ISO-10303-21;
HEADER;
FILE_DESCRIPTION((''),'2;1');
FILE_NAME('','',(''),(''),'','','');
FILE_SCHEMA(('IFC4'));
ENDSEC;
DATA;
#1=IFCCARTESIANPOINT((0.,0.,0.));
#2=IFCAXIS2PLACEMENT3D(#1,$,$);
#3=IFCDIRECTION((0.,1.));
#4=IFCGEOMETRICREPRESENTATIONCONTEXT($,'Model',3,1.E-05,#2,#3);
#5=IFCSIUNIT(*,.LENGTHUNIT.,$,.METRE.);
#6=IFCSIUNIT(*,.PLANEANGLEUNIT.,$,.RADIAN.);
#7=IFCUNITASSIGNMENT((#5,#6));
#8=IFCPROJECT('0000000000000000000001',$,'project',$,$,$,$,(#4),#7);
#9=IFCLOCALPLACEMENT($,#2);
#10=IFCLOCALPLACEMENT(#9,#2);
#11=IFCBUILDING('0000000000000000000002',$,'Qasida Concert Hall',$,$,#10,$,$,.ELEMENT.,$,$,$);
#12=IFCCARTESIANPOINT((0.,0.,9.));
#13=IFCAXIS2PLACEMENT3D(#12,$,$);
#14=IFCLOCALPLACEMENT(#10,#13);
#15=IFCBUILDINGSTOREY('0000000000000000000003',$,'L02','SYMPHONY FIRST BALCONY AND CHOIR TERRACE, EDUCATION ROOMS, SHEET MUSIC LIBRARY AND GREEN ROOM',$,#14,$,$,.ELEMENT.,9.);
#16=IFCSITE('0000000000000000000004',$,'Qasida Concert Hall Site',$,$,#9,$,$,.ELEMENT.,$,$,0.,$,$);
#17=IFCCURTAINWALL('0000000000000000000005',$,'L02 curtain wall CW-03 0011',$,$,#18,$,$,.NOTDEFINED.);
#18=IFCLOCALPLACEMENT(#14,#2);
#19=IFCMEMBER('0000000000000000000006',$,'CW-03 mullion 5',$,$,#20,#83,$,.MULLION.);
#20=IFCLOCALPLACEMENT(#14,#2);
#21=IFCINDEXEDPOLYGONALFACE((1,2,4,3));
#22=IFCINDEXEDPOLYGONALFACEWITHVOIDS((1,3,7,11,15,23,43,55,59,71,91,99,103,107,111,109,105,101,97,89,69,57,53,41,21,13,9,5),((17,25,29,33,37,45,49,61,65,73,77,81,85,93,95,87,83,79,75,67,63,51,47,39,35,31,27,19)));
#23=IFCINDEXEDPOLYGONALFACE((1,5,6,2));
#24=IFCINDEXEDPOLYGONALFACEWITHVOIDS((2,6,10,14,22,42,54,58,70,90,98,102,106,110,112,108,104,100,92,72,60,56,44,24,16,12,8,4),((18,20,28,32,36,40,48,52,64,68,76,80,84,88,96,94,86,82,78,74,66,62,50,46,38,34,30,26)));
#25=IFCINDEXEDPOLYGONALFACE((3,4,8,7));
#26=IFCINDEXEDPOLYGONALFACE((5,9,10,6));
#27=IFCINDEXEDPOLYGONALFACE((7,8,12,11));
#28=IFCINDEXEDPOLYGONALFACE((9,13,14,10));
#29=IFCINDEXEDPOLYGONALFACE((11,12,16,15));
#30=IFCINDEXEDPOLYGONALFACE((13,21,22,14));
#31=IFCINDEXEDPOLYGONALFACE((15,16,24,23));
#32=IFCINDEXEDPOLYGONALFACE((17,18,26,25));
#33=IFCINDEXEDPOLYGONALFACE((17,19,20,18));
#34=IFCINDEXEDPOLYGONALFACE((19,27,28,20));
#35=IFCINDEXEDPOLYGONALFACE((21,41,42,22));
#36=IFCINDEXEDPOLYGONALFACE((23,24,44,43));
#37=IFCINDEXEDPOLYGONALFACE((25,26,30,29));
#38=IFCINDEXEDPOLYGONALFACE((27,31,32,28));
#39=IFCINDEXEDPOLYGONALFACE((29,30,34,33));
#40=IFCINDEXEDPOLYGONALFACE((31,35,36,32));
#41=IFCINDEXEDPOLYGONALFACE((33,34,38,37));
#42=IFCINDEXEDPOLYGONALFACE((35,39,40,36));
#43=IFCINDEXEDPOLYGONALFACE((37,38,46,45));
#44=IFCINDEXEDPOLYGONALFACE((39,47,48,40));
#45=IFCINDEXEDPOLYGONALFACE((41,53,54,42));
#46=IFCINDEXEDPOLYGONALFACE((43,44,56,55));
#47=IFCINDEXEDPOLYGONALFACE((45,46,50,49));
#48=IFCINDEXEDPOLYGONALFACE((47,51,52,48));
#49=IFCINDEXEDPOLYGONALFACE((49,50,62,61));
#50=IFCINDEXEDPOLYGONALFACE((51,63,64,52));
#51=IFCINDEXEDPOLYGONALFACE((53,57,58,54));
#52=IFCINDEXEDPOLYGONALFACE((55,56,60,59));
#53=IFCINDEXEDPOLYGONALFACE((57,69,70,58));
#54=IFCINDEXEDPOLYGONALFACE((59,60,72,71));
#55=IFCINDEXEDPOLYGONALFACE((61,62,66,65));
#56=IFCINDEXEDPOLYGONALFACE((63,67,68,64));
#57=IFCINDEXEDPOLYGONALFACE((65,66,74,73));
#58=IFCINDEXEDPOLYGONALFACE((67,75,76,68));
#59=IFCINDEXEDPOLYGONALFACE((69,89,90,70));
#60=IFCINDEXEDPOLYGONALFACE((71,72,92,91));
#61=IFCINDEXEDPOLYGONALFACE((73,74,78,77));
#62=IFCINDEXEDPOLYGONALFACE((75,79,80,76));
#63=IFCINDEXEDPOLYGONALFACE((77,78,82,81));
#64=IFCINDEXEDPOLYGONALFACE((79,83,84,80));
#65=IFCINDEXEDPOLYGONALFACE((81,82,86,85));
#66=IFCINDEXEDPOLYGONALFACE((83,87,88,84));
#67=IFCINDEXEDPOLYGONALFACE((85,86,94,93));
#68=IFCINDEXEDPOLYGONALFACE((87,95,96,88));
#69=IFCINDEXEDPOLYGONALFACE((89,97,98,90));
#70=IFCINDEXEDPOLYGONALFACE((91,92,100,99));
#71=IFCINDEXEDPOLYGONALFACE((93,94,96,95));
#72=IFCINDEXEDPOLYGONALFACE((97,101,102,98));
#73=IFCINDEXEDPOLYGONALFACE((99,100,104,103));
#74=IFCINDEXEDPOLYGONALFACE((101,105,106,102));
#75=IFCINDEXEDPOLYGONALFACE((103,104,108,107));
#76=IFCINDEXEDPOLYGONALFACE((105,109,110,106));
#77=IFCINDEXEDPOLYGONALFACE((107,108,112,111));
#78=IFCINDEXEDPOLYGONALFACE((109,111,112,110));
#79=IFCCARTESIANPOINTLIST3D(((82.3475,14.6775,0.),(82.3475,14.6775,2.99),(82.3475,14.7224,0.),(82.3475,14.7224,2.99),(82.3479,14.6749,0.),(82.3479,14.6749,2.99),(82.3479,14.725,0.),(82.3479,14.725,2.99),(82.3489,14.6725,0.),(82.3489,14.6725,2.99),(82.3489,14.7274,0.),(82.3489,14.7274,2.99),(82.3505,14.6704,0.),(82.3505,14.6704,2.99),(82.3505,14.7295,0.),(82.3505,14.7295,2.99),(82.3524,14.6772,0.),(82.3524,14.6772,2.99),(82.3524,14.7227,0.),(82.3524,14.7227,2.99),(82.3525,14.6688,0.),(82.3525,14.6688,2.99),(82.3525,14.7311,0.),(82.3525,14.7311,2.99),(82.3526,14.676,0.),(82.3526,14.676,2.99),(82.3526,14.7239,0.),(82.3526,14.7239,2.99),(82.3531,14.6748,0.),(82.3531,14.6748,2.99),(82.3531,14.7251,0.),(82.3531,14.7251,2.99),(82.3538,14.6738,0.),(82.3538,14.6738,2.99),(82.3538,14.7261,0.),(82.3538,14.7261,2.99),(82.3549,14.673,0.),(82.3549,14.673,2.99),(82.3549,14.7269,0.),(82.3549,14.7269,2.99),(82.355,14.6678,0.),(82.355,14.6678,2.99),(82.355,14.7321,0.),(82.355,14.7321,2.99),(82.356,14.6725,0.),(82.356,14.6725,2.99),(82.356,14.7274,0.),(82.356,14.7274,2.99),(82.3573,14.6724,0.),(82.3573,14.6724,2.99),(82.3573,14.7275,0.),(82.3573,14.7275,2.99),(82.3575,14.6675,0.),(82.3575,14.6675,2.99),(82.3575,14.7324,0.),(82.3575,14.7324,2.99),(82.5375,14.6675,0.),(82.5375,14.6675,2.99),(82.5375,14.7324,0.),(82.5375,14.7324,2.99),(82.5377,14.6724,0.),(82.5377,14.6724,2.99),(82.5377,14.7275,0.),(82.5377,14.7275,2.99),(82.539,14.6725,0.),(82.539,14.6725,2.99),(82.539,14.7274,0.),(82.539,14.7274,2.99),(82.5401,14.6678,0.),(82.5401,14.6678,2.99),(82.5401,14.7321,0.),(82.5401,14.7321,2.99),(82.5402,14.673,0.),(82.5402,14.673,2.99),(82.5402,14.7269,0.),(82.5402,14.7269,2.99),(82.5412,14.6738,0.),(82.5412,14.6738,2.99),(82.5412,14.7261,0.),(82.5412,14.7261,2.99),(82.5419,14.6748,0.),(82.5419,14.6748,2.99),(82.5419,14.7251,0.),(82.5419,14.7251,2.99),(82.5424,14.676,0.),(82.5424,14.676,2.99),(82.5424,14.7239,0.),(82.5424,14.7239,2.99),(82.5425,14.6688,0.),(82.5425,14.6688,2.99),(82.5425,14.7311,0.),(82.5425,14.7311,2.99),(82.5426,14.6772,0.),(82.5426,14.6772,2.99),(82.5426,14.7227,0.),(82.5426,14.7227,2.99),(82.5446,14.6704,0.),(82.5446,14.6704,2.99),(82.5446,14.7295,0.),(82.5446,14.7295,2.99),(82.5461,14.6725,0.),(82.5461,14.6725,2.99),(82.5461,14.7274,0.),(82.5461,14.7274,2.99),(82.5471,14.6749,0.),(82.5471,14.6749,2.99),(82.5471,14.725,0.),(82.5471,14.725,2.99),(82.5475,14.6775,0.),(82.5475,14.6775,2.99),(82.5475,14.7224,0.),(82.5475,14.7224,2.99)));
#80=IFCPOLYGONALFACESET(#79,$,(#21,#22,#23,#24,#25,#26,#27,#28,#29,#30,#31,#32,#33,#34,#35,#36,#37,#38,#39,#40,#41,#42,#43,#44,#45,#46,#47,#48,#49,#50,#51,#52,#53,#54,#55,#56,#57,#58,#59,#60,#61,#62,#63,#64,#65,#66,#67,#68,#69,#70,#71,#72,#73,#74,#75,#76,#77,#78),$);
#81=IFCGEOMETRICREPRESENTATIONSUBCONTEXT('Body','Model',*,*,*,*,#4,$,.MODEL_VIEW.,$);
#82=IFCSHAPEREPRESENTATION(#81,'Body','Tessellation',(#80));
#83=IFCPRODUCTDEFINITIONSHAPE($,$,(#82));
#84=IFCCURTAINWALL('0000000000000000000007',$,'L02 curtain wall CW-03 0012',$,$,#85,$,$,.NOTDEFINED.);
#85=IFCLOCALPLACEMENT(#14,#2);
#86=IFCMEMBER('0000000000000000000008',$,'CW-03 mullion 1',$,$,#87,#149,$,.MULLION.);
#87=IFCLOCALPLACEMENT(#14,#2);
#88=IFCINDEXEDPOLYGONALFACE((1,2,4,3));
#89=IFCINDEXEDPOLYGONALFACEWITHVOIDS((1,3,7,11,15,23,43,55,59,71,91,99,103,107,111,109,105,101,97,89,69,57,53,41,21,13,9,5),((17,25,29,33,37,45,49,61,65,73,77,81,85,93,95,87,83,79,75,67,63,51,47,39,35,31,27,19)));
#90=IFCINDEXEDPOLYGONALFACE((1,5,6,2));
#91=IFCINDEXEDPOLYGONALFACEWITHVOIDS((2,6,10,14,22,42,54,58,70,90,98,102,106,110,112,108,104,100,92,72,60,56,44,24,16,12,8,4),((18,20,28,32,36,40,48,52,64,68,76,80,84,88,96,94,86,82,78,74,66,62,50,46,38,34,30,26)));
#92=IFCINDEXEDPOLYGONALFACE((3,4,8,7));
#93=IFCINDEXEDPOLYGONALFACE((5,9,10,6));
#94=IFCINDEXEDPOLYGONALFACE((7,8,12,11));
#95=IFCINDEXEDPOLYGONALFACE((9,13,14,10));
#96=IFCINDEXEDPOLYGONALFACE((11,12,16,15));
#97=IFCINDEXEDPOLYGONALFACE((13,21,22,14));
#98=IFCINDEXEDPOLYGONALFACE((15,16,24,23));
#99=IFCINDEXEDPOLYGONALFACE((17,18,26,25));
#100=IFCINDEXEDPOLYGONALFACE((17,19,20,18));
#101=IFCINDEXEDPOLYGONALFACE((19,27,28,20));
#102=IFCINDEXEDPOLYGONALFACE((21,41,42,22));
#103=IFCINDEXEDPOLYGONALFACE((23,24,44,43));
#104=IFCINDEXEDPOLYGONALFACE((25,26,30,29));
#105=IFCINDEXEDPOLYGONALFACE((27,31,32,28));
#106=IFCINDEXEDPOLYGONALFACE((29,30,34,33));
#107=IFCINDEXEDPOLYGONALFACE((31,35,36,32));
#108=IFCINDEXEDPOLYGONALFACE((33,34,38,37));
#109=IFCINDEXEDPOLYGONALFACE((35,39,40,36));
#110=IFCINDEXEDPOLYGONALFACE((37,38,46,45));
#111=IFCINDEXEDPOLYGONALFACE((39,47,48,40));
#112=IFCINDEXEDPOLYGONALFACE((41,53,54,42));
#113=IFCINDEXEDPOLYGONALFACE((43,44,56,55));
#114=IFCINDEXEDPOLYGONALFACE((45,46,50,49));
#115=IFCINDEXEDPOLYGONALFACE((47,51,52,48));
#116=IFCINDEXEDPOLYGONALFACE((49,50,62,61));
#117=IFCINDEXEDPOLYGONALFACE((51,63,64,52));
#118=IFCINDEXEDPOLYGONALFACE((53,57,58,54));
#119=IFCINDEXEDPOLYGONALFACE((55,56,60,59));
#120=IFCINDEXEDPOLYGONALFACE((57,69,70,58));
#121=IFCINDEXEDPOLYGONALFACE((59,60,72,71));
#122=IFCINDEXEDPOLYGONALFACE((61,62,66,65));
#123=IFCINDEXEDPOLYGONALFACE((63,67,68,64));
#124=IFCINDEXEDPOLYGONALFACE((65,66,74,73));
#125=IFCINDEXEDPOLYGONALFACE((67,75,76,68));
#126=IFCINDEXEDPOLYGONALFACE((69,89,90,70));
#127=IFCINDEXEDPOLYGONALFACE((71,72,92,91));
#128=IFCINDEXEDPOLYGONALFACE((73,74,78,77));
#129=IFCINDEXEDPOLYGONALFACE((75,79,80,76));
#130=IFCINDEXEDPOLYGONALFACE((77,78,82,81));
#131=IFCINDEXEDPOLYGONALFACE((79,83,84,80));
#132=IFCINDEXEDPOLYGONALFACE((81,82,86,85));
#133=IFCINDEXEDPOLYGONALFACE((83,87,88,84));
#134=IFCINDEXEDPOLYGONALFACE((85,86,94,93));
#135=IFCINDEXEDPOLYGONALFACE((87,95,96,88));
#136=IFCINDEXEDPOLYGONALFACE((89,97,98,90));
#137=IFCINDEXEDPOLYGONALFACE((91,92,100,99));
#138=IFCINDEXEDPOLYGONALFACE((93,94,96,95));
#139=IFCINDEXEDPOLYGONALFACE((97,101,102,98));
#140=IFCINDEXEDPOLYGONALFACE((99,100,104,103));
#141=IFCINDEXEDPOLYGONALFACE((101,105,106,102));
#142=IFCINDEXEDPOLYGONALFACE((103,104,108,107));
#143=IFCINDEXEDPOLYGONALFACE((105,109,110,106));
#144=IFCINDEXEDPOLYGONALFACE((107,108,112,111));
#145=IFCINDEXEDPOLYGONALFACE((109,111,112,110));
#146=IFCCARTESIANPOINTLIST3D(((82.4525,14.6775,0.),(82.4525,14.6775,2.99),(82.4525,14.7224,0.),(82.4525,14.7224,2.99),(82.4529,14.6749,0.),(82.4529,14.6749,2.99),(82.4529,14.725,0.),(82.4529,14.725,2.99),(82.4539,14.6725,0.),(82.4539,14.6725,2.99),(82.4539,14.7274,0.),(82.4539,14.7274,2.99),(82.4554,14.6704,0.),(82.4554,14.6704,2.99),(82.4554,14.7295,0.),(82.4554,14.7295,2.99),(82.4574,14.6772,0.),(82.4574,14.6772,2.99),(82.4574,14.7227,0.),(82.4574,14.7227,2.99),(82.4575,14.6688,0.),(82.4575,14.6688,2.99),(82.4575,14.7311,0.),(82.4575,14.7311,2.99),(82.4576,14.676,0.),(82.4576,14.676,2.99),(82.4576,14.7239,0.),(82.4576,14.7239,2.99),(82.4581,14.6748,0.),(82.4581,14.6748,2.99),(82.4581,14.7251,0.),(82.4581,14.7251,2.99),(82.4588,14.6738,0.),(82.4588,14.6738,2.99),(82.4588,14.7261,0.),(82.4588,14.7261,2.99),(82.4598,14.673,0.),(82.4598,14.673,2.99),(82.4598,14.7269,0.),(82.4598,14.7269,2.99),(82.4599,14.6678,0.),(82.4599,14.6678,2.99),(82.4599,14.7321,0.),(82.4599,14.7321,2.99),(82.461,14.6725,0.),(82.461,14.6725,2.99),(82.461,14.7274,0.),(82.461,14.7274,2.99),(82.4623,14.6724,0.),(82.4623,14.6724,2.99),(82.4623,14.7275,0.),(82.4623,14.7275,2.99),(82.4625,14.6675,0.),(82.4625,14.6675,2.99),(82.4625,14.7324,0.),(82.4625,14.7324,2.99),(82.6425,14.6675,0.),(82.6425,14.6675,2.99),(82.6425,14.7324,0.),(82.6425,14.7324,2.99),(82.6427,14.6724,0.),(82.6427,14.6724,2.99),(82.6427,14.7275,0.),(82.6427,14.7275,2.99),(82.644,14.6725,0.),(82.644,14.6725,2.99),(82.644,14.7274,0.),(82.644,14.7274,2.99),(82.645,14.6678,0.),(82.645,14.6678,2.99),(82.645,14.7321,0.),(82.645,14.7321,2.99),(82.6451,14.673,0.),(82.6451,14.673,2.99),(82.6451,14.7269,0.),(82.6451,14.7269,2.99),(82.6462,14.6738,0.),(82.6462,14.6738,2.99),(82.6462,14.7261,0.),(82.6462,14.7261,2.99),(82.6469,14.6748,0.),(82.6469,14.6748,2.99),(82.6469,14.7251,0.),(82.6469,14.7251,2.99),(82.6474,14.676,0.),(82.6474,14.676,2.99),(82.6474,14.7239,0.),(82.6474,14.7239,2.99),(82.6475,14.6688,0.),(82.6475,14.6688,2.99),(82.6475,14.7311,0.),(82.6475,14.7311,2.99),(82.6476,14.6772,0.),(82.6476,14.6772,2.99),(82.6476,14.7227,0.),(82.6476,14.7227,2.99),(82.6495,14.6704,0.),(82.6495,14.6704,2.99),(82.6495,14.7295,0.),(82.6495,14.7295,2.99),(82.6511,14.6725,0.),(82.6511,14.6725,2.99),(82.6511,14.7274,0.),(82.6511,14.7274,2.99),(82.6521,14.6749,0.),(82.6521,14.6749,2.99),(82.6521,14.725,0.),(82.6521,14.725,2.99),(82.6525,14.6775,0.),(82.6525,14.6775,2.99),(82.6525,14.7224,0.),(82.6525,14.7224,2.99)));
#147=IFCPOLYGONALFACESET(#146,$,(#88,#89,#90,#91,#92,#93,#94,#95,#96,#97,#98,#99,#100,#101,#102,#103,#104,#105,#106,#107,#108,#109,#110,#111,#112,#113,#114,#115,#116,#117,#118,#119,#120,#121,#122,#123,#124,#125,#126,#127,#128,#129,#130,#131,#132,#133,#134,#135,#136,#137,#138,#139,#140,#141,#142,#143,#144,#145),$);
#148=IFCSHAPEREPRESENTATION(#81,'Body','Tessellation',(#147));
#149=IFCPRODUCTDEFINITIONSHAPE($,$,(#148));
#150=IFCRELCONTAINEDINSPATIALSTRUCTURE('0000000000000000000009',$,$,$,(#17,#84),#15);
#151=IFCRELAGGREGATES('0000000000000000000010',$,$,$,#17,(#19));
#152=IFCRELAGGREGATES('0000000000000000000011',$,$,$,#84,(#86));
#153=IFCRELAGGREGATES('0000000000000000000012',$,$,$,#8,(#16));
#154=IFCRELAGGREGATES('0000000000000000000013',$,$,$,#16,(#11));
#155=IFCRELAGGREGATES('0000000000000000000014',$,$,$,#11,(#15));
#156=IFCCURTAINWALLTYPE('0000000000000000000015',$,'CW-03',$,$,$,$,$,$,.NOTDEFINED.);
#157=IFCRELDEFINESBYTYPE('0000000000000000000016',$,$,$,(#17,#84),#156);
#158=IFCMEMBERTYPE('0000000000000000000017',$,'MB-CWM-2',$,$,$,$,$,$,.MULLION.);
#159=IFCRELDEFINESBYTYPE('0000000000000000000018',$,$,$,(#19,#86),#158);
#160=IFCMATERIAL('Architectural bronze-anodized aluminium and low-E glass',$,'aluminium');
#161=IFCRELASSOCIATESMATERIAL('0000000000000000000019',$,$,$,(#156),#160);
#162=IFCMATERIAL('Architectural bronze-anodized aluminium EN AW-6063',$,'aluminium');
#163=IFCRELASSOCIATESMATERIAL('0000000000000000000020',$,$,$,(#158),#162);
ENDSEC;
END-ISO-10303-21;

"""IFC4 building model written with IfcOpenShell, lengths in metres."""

from ifc_helpers import new_model, si_unit, direction, frame, origin, origin_2d, place, context, subcontext, project, spatial, hollow_rectangle, extrude, material, material_profile, profile_set, type_object, element, aggregate, save


model = new_model("IFC4")

# Units and contexts
model_context = context("Model", 3, precision=1e-05, world=origin(), true_north=direction((0.0, 1.0)))
body_context = subcontext(model_context, "Body", "Model", "MODEL_VIEW")
ifc_project = project(units=[si_unit("LENGTHUNIT", "METRE"), si_unit("PLANEANGLEUNIT", "RADIAN")], contexts=[model_context])

# Site, building, storey
site_placement = place(None, origin())
site = spatial("IfcSite", under=ifc_project, at=site_placement, Name="Qasida Concert Hall Site", CompositionType="ELEMENT", RefElevation=0.0)
building_placement = place(site_placement, origin())
building = spatial("IfcBuilding", under=site, at=building_placement, Name="Qasida Concert Hall", CompositionType="ELEMENT")
storey_placement = place(building_placement, frame((0.0, 0.0, 9.0)))
storey = spatial("IfcBuildingStorey", under=building, at=storey_placement, Name="L02", Description="SYMPHONY FIRST BALCONY AND CHOIR TERRACE, EDUCATION ROOMS, SHEET MUSIC LIBRARY AND GREEN ROOM", CompositionType="ELEMENT", Elevation=9.0)

# Curtain wall, member
ifc_material_1 = material(Name="Architectural bronze-anodized aluminium and low-E glass", Category="aluminium")
curtain_wall_type = type_object("IfcCurtainWallType", Name="CW-03", PredefinedType="NOTDEFINED", material=ifc_material_1)
curtain_wall_1_placement = place(storey_placement, origin())
curtain_wall_1 = element("IfcCurtainWall", 1, at=curtain_wall_1_placement, inside=storey, type_object=curtain_wall_type, Name="L02 curtain wall CW-03 0011", PredefinedType="NOTDEFINED")
ifc_material_2 = material(Name="Architectural bronze-anodized aluminium EN AW-6063", Category="aluminium")
ifc_material_profile_1 = material_profile(ifc_material_2, hollow_rectangle(XDim=0.0649, YDim=0.2, WallThickness=0.0049, InnerFilletRadius=0.0049, OuterFilletRadius=0.01, at=origin_2d()), Name="CWM 200x65x5")
ifc_profile_set_1 = profile_set([ifc_material_profile_1], Name="Architectural bronze-anodized aluminium EN AW-6063")
member_type_1 = type_object("IfcMemberType", Name="MB-CWM-2", PredefinedType="MULLION", material=ifc_profile_set_1)
member_1_placement = place(storey_placement, frame((82.4475, 14.7, 0.0), z_axis=(0.0, 0.0, 1.0), x_axis=(0.0, 1.0, 0.0)))
member_1 = element("IfcMember", 2, at=member_1_placement, type_object=member_type_1, Name="CW-03 mullion 5", PredefinedType="MULLION", context=body_context, shape_type="SweptSolid", body=[
    extrude(hollow_rectangle(XDim=0.0649, YDim=0.2, WallThickness=0.0049, InnerFilletRadius=0.0049, OuterFilletRadius=0.01, at=origin_2d()), origin(), (0.0, 0.0, 1.0), 2.99),
])

# Curtain wall, member
curtain_wall_2_placement = place(storey_placement, origin())
curtain_wall_2 = element("IfcCurtainWall", 3, at=curtain_wall_2_placement, inside=storey, type_object=curtain_wall_type, Name="L02 curtain wall CW-03 0012", PredefinedType="NOTDEFINED")
member_2_placement = place(storey_placement, frame((82.5525, 14.7, 0.0), z_axis=(0.0, 0.0, 1.0), x_axis=(0.0, 1.0, 0.0)))
member_2 = element("IfcMember", 4, at=member_2_placement, type_object=member_type_1, Name="CW-03 mullion 1", PredefinedType="MULLION", context=body_context, shape_type="SweptSolid", body=[
    extrude(hollow_rectangle(XDim=0.0649, YDim=0.2, WallThickness=0.0049, InnerFilletRadius=0.0049, OuterFilletRadius=0.01, at=origin_2d()), origin(), (0.0, 0.0, 1.0), 2.99),
])

aggregate(curtain_wall_1, [member_1])
aggregate(curtain_wall_2, [member_2])

save(model, "model.ifc")
